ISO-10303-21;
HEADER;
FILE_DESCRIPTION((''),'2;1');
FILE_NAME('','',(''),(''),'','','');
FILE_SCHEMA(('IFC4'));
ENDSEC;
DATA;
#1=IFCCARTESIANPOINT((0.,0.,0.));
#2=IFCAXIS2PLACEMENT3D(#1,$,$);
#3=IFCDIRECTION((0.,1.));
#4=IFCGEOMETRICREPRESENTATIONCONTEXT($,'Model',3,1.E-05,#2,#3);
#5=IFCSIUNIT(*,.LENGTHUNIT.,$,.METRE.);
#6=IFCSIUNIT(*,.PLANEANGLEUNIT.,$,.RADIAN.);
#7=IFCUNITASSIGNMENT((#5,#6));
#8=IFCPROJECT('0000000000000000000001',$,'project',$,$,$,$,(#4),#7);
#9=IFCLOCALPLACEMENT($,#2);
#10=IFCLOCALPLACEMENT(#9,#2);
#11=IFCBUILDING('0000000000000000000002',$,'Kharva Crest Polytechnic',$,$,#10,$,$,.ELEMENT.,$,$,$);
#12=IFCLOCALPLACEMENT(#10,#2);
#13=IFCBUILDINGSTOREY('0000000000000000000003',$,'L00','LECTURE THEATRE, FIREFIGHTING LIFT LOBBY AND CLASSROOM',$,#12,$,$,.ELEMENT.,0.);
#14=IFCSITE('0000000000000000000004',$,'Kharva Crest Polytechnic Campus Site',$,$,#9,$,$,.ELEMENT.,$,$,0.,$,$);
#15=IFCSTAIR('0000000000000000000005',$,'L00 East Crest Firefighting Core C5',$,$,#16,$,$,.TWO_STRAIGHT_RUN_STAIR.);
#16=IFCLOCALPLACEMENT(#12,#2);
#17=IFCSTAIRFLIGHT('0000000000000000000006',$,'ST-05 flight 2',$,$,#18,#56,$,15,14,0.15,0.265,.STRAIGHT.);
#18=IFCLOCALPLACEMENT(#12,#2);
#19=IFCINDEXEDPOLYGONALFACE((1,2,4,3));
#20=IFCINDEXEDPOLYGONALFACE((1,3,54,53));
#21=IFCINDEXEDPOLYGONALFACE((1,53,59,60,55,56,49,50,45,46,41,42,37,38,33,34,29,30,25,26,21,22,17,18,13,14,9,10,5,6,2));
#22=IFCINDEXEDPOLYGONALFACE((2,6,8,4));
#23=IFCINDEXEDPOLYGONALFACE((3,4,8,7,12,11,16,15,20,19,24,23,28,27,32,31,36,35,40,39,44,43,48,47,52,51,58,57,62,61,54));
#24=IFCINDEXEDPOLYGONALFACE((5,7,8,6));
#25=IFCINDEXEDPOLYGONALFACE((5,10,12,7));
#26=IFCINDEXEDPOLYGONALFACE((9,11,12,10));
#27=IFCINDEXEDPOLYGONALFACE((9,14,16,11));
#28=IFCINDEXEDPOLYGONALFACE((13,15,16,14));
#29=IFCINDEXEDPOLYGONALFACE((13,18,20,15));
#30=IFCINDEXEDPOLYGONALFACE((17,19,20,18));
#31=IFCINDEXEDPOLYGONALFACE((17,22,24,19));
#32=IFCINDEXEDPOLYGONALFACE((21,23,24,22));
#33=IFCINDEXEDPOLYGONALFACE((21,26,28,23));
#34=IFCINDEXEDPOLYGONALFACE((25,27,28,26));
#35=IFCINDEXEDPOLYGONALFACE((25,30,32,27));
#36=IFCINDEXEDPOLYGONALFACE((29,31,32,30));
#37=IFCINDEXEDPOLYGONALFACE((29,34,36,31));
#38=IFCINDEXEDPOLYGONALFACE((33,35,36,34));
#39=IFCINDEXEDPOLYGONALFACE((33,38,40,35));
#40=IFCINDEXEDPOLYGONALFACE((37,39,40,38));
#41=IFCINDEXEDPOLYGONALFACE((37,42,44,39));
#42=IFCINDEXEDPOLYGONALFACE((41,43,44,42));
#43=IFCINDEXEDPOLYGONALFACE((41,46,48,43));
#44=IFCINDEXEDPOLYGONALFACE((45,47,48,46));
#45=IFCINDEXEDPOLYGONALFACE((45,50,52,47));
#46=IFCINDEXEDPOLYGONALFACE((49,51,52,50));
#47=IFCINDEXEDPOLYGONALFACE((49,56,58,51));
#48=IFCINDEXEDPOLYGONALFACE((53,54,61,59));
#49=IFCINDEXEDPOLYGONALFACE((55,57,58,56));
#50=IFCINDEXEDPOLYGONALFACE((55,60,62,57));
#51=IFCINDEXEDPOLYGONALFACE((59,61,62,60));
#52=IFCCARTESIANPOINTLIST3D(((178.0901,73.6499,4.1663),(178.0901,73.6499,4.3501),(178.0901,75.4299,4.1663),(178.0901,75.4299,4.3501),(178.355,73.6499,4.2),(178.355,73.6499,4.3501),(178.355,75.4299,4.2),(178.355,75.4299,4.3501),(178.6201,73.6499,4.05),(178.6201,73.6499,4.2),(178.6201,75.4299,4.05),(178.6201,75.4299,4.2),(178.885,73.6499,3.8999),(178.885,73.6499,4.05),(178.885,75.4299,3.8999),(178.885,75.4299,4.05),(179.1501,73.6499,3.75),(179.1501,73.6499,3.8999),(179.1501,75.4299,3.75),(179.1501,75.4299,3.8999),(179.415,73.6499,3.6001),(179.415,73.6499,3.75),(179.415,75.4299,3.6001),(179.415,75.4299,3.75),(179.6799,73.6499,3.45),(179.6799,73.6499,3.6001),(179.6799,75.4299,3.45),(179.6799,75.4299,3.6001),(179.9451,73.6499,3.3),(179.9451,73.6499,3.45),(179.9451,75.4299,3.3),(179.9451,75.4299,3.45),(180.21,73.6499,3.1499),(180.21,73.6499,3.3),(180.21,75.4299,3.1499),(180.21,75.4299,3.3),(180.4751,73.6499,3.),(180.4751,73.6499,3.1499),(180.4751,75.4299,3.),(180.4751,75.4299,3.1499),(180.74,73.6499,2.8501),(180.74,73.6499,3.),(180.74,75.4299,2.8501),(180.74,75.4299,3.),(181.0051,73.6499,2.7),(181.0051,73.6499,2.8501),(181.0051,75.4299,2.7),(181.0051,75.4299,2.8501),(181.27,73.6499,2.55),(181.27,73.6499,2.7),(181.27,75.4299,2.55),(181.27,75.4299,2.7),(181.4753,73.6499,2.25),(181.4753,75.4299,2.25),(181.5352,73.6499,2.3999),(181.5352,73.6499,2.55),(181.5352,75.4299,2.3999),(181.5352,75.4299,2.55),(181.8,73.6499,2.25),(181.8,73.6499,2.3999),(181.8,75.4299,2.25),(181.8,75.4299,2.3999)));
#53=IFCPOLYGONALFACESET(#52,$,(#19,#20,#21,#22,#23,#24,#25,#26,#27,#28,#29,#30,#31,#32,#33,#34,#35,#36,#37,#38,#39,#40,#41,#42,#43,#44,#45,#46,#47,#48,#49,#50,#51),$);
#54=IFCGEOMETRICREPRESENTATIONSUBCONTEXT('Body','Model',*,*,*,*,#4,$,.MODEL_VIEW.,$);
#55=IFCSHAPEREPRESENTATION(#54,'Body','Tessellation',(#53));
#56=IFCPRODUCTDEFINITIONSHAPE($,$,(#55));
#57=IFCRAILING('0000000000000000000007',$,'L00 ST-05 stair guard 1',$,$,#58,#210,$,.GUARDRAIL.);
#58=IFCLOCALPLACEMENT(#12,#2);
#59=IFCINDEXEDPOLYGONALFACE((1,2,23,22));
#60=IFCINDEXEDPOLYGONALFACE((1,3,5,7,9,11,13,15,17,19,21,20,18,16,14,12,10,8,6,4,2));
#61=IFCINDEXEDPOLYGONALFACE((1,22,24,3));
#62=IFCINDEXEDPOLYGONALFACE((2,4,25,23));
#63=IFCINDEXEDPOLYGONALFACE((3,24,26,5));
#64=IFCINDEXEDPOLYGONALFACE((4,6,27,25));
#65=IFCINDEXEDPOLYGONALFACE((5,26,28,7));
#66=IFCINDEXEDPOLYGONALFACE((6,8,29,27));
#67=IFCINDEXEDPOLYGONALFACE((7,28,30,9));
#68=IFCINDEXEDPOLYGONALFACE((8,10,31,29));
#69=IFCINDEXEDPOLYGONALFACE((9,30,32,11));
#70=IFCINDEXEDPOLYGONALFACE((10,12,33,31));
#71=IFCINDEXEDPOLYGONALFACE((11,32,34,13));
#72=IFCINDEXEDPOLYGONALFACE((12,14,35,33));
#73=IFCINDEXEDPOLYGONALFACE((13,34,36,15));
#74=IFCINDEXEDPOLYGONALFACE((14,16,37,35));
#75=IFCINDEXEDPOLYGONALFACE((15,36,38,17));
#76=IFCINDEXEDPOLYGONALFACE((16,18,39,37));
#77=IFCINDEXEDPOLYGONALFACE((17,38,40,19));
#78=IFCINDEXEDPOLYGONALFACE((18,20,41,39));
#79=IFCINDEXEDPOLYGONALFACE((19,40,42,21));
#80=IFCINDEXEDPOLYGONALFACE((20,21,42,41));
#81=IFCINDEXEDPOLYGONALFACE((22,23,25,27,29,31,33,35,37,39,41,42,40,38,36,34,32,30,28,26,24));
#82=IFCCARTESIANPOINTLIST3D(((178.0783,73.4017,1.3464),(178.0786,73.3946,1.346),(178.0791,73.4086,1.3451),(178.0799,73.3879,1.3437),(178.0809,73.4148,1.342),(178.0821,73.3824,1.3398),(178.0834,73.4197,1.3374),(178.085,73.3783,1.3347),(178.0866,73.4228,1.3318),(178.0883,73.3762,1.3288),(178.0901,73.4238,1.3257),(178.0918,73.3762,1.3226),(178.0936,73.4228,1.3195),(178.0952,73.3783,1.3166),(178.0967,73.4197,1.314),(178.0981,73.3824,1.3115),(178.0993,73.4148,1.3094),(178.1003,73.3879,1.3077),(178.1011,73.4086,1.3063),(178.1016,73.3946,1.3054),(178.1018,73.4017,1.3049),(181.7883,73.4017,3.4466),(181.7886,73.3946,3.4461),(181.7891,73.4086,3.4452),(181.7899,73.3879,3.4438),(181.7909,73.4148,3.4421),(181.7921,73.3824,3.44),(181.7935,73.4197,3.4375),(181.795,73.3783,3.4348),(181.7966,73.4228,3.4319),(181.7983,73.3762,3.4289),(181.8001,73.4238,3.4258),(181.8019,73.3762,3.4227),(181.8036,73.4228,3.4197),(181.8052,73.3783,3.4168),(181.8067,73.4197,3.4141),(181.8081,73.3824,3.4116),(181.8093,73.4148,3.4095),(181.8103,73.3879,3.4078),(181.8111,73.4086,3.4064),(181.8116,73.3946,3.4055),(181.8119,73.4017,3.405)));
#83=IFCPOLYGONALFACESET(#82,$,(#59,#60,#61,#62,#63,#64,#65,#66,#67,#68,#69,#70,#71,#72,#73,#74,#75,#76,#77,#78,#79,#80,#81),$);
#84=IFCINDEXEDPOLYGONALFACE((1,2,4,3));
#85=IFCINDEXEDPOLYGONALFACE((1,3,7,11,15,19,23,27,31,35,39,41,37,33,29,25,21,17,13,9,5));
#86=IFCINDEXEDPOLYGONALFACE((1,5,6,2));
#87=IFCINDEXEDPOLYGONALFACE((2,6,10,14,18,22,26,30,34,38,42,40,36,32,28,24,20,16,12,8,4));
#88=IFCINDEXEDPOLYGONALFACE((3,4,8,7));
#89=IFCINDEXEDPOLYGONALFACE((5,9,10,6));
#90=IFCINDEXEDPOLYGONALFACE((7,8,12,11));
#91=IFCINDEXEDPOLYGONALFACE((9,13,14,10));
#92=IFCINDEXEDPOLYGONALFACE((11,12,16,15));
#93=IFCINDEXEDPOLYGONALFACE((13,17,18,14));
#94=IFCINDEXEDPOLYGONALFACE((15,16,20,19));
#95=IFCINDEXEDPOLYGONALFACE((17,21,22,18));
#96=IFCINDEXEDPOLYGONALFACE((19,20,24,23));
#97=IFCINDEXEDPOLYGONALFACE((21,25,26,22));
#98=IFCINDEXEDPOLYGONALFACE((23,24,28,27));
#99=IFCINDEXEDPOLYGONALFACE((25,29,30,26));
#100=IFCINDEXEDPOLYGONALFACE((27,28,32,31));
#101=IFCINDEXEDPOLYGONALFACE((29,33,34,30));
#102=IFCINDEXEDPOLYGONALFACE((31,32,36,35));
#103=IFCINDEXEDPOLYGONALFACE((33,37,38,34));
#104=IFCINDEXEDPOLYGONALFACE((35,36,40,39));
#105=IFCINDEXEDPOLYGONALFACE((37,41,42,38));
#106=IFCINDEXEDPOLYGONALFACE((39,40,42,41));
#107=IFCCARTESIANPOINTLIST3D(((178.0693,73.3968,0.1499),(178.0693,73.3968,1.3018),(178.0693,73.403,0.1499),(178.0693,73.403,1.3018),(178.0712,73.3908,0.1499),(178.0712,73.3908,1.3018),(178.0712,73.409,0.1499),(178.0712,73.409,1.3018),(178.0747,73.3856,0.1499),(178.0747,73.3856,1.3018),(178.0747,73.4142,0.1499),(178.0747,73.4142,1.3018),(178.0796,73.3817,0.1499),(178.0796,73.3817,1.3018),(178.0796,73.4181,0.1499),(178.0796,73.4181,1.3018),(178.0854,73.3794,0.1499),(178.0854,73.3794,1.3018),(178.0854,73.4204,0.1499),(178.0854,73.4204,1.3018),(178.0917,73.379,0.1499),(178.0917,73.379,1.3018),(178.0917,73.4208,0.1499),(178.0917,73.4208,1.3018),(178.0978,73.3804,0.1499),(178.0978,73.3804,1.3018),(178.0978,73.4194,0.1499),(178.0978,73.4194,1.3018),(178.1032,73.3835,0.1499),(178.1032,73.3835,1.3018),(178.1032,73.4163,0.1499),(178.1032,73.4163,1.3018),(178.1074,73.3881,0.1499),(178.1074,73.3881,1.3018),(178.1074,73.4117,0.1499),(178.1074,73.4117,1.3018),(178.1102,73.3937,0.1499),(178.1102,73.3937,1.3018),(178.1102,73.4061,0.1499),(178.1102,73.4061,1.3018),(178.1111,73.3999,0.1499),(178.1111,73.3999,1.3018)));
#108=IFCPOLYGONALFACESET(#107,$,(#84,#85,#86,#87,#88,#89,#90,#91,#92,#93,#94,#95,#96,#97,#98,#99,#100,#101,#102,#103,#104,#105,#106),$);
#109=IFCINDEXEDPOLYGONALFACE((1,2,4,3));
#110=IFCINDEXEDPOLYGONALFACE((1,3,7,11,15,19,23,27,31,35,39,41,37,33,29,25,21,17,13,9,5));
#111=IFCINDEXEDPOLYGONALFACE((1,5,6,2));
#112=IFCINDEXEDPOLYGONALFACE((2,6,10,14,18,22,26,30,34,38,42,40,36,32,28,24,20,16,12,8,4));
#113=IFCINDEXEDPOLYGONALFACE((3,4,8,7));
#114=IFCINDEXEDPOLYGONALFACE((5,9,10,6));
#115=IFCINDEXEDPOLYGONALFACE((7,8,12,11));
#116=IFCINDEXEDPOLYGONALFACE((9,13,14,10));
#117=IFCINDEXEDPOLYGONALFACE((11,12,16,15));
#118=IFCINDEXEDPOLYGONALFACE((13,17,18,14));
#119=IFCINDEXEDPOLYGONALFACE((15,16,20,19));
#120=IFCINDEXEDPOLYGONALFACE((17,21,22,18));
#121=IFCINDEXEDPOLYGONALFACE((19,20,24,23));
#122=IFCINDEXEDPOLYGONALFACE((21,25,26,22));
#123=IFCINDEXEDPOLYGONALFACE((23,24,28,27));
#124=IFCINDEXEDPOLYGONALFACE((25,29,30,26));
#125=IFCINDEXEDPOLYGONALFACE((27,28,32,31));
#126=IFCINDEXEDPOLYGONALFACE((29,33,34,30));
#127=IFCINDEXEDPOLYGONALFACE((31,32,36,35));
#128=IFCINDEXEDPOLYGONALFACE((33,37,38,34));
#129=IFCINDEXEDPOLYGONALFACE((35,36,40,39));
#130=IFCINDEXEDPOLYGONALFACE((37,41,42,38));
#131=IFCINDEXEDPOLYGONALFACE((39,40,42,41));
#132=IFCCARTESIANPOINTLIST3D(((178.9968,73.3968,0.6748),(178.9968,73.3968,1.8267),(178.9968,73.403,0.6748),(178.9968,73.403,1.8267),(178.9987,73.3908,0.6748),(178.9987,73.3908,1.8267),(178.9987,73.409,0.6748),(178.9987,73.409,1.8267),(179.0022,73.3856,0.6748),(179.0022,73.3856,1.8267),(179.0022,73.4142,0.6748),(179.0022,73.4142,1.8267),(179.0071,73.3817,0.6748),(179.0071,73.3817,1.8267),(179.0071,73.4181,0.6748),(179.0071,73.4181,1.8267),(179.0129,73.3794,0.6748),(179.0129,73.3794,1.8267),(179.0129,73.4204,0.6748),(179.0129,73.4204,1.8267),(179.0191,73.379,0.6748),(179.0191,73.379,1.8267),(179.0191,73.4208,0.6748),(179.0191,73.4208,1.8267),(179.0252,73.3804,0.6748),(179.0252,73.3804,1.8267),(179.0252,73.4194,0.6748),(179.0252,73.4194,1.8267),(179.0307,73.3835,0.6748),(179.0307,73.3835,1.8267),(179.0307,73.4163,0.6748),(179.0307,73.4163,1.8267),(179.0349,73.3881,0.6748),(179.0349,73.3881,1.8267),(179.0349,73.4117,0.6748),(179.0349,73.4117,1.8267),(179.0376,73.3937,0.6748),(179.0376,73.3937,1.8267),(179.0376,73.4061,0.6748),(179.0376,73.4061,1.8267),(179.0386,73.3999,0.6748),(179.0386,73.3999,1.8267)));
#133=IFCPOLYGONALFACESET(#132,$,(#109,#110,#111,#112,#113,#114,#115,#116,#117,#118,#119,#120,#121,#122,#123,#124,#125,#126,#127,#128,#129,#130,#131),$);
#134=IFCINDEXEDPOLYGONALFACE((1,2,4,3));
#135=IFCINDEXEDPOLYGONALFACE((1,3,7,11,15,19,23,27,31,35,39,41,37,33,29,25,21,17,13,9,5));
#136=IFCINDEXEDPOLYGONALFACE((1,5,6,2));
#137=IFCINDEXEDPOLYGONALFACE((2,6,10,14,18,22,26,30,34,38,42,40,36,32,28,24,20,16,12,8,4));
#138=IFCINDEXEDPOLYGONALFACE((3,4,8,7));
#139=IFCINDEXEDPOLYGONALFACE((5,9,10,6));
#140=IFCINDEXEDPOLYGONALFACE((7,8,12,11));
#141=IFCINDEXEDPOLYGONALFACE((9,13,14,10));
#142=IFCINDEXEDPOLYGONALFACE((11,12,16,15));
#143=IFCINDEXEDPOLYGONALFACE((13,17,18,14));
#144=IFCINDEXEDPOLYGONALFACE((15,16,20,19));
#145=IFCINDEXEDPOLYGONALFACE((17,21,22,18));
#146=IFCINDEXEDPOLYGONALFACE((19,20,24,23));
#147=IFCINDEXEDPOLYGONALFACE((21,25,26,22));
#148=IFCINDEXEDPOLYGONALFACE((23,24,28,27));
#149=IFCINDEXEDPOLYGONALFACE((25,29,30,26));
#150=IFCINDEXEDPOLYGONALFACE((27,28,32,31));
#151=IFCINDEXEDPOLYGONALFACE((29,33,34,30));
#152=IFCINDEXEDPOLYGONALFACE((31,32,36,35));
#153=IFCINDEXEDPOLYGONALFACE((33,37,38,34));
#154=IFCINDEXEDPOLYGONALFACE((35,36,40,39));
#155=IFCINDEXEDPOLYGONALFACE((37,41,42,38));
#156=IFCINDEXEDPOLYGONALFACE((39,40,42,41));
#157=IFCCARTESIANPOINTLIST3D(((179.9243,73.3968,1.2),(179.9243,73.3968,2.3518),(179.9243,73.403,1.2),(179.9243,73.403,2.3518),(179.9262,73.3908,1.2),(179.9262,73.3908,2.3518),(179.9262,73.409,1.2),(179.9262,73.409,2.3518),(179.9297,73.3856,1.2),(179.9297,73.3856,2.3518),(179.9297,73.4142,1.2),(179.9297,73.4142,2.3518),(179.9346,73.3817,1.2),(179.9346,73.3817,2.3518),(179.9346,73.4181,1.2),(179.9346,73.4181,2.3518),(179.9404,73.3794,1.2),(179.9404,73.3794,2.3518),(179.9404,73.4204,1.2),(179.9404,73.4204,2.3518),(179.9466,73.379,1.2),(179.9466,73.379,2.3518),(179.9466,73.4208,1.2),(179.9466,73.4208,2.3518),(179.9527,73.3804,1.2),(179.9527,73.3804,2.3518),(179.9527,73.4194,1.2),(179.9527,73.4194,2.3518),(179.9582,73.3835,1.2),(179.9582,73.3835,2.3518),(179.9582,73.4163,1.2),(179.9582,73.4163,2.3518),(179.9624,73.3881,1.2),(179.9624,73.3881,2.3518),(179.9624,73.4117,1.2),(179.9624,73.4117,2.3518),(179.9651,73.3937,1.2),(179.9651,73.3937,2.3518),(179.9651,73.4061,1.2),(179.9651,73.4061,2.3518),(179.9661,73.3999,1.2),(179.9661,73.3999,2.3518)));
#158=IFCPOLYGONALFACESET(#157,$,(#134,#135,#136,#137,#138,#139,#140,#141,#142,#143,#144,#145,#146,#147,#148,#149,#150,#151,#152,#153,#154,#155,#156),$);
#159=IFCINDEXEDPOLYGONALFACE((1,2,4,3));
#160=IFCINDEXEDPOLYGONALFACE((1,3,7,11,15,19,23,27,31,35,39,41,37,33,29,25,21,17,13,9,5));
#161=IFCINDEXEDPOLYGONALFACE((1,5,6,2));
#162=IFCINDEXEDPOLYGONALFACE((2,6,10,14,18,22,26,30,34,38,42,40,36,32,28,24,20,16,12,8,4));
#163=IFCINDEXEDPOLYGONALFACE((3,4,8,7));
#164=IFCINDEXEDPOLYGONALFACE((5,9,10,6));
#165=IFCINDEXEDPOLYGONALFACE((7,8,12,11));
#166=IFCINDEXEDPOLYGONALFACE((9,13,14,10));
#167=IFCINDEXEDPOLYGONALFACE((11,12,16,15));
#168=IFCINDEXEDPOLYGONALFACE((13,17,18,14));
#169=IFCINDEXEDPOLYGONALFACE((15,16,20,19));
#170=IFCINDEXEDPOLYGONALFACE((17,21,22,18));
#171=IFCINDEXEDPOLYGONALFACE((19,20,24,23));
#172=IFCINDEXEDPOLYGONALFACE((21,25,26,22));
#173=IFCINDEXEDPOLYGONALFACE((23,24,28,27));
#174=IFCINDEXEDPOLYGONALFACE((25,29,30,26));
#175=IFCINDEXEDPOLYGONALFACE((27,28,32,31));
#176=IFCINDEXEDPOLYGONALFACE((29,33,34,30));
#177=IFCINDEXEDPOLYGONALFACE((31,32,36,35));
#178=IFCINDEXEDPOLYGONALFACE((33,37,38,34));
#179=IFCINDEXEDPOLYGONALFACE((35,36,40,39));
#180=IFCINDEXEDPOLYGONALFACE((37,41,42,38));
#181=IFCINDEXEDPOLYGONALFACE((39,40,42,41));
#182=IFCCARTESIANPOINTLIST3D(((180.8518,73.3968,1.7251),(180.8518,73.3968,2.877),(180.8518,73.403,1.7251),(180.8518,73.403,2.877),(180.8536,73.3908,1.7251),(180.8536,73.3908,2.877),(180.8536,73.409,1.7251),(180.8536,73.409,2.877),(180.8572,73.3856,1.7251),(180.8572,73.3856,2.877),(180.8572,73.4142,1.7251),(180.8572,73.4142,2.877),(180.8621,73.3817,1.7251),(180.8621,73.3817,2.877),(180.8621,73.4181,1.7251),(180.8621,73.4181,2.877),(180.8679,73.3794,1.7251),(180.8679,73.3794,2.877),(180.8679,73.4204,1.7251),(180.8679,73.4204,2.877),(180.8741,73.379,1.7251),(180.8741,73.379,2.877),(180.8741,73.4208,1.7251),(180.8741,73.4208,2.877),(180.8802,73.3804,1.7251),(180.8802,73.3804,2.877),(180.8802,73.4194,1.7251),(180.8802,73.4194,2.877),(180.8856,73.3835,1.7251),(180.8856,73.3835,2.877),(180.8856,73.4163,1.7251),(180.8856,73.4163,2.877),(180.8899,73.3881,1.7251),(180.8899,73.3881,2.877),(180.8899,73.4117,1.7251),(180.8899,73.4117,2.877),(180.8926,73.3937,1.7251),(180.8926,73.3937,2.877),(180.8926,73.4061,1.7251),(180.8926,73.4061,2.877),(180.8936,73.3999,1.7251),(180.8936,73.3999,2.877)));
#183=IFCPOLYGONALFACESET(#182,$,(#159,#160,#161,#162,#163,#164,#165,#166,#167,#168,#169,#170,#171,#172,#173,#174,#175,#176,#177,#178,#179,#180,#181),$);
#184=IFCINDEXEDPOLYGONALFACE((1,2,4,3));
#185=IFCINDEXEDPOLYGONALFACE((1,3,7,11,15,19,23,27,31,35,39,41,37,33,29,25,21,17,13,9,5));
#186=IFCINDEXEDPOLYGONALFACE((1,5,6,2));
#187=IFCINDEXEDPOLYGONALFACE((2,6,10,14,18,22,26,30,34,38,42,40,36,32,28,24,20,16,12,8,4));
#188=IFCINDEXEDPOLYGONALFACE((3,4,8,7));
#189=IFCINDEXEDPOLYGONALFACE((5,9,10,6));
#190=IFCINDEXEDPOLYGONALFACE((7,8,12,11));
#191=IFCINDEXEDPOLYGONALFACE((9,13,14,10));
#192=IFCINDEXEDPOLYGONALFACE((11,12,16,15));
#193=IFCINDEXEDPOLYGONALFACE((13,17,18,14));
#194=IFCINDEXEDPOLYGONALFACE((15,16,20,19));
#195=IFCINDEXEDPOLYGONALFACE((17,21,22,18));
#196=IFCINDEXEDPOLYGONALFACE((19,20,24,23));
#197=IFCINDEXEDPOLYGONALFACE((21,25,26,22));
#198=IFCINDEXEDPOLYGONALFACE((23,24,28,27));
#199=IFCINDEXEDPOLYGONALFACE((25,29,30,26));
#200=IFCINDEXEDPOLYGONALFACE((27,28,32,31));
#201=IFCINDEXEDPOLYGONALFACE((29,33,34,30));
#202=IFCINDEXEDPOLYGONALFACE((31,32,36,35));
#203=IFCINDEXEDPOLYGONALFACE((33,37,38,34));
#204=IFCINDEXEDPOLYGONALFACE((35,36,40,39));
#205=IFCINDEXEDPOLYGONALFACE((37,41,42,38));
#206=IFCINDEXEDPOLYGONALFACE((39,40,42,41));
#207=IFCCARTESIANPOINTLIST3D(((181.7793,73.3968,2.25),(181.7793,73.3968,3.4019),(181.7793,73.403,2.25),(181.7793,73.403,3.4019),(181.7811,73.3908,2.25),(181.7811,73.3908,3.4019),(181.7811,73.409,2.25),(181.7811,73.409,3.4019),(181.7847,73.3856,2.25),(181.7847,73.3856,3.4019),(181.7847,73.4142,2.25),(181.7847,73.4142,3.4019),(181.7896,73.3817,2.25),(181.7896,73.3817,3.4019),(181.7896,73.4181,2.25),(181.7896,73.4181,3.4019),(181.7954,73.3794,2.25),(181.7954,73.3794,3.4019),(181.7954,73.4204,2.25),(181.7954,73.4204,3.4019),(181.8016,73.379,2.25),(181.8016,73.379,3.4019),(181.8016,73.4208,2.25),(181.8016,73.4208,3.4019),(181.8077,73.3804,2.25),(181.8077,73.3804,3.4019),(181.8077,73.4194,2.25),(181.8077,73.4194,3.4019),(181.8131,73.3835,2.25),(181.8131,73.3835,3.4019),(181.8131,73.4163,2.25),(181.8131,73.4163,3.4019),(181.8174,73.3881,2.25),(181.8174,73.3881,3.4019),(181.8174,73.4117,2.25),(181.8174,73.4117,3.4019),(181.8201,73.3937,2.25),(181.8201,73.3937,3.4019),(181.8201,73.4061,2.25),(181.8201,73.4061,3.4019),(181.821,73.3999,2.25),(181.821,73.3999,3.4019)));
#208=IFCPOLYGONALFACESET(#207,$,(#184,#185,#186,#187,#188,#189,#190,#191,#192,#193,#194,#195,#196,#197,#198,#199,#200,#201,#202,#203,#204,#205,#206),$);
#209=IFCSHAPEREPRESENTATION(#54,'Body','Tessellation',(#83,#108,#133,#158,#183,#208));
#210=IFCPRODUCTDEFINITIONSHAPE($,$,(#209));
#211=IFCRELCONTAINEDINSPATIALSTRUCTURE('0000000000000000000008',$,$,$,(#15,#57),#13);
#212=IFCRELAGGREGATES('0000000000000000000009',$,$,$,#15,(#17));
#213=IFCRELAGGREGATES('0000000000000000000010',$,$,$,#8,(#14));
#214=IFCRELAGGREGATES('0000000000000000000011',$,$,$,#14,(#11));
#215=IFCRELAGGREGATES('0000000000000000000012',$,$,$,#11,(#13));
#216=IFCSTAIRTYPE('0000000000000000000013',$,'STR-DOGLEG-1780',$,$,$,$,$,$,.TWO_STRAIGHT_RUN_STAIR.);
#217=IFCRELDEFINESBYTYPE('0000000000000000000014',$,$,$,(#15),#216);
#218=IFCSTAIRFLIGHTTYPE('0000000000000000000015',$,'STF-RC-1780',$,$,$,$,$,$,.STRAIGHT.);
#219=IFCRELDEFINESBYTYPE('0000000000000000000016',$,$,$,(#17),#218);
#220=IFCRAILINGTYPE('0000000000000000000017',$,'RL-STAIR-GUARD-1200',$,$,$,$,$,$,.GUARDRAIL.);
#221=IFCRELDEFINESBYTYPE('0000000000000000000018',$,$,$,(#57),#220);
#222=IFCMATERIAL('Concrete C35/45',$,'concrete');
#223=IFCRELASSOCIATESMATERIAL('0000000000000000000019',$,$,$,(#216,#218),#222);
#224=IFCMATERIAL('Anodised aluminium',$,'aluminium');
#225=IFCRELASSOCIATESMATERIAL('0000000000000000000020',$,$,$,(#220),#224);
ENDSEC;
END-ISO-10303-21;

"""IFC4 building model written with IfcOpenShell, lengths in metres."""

from ifc_helpers import new_model, si_unit, direction, frame, origin, origin_2d, place, context, subcontext, project, spatial, polyline, circle, outline, extrude, material, type_object, element, aggregate, save


model = new_model("IFC4")

# Units and contexts
model_context = context("Model", 3, precision=1e-05, world=origin(), true_north=direction((0.0, 1.0)))
body_context = subcontext(model_context, "Body", "Model", "MODEL_VIEW")
ifc_project = project(units=[si_unit("LENGTHUNIT", "METRE"), si_unit("PLANEANGLEUNIT", "RADIAN")], contexts=[model_context])

# Site, building, storey
site_placement = place(None, origin())
site = spatial("IfcSite", under=ifc_project, at=site_placement, Name="Kharva Crest Polytechnic Campus Site", CompositionType="ELEMENT", RefElevation=0.0)
building_placement = place(site_placement, origin())
building = spatial("IfcBuilding", under=site, at=building_placement, Name="Kharva Crest Polytechnic", CompositionType="ELEMENT")
storey_placement = place(building_placement, origin())
storey = spatial("IfcBuildingStorey", under=building, at=storey_placement, Name="L00", Description="LECTURE THEATRE, FIREFIGHTING LIFT LOBBY AND CLASSROOM", CompositionType="ELEMENT", Elevation=0.0)

# Shared definitions
ifc_material_1 = material(Name="Concrete C35/45", Category="concrete")

# Shared definitions
ifc_material_2 = material(Name="Anodised aluminium", Category="aluminium")

# Stair, stair flight
stair_type = type_object("IfcStairType", Name="STR-DOGLEG-1780", PredefinedType="TWO_STRAIGHT_RUN_STAIR", material=ifc_material_1)
stair_placement = place(storey_placement, origin())
stair = element("IfcStair", 1, at=stair_placement, inside=storey, type_object=stair_type, Name="L00 East Crest Firefighting Core C5", PredefinedType="TWO_STRAIGHT_RUN_STAIR")
stair_flight_type = type_object("IfcStairFlightType", Name="STF-RC-1780", PredefinedType="STRAIGHT", material=ifc_material_1)
stair_flight_1_placement = place(storey_placement, frame((181.8, 74.54, 2.25), z_axis=(0.0, 0.0, 1.0), x_axis=(-1.0, 0.0, 0.0)))
stair_flight_1 = element("IfcStairFlight", 2, at=stair_flight_1_placement, type_object=stair_flight_type, Name="ST-05 flight 2", NumberOfRisers=15, NumberOfTreads=14, PredefinedType="STRAIGHT", RiserHeight=0.15, TreadLength=0.265, context=body_context, shape_type="SweptSolid", body=[
    extrude(outline(polyline([(0.0, 0.0), (0.0, 0.1499), (0.2649, 0.1499), (0.2649, 0.3), (0.53, 0.3), (0.53, 0.45), (0.7949, 0.45), (0.7949, 0.6001), (1.0601, 0.6001), (1.0601, 0.75), (1.325, 0.75), (1.325, 0.8999), (1.5901, 0.8999), (1.5901, 1.05), (1.855, 1.05), (1.855, 1.2), (2.1201, 1.2), (2.1201, 1.3501), (2.385, 1.3501), (2.385, 1.5), (2.6499, 1.5), (2.6499, 1.6499), (2.915, 1.6499), (2.915, 1.8), (3.1799, 1.8), (3.1799, 1.95), (3.4451, 1.95), (3.4451, 2.1001), (3.71, 2.1001), (3.71, 2.25), (3.71, 1.9163), (0.3247, 0.0), (0.0, 0.0)])), frame((0.0, 0.8901, 0.0), z_axis=(0.0, -1.0, 0.0), x_axis=(1.0, 0.0, 0.0)), (0.0, 0.0, 1.0), 1.78),
])
aggregate(stair, [stair_flight_1])

# Railing
railing_type = type_object("IfcRailingType", Name="RL-STAIR-GUARD-1200", PredefinedType="GUARDRAIL", material=ifc_material_2)
railing_1_placement = place(storey_placement, frame((178.0901, 73.3999, 0.1499)))
element("IfcRailing", 3, at=railing_1_placement, inside=storey, type_object=railing_type, Name="L00 ST-05 stair guard 1", PredefinedType="GUARDRAIL", context=body_context, shape_type="SweptSolid", body=[
    extrude(circle(Radius=0.0239, at=origin_2d()), frame((0.0, 0.0, 1.1758), z_axis=(0.870245, 0.0, 0.492619), x_axis=(0.0, 1.0, 0.0)), (0.0, 0.0, 1.0), 4.2632),
    extrude(circle(Radius=0.021, at=origin_2d()), origin(), (0.0, 0.0, 1.0), 1.1519),
    extrude(circle(Radius=0.021, at=origin_2d()), frame((0.9275, 0.0, 0.5249)), (0.0, 0.0, 1.0), 1.1519),
    extrude(circle(Radius=0.021, at=origin_2d()), frame((1.855, 0.0, 1.05)), (0.0, 0.0, 1.0), 1.1519),
    extrude(circle(Radius=0.021, at=origin_2d()), frame((2.7825, 0.0, 1.5752)), (0.0, 0.0, 1.0), 1.1519),
    extrude(circle(Radius=0.021, at=origin_2d()), frame((3.71, 0.0, 2.1001)), (0.0, 0.0, 1.0), 1.1519),
])

save(model, "model.ifc")
